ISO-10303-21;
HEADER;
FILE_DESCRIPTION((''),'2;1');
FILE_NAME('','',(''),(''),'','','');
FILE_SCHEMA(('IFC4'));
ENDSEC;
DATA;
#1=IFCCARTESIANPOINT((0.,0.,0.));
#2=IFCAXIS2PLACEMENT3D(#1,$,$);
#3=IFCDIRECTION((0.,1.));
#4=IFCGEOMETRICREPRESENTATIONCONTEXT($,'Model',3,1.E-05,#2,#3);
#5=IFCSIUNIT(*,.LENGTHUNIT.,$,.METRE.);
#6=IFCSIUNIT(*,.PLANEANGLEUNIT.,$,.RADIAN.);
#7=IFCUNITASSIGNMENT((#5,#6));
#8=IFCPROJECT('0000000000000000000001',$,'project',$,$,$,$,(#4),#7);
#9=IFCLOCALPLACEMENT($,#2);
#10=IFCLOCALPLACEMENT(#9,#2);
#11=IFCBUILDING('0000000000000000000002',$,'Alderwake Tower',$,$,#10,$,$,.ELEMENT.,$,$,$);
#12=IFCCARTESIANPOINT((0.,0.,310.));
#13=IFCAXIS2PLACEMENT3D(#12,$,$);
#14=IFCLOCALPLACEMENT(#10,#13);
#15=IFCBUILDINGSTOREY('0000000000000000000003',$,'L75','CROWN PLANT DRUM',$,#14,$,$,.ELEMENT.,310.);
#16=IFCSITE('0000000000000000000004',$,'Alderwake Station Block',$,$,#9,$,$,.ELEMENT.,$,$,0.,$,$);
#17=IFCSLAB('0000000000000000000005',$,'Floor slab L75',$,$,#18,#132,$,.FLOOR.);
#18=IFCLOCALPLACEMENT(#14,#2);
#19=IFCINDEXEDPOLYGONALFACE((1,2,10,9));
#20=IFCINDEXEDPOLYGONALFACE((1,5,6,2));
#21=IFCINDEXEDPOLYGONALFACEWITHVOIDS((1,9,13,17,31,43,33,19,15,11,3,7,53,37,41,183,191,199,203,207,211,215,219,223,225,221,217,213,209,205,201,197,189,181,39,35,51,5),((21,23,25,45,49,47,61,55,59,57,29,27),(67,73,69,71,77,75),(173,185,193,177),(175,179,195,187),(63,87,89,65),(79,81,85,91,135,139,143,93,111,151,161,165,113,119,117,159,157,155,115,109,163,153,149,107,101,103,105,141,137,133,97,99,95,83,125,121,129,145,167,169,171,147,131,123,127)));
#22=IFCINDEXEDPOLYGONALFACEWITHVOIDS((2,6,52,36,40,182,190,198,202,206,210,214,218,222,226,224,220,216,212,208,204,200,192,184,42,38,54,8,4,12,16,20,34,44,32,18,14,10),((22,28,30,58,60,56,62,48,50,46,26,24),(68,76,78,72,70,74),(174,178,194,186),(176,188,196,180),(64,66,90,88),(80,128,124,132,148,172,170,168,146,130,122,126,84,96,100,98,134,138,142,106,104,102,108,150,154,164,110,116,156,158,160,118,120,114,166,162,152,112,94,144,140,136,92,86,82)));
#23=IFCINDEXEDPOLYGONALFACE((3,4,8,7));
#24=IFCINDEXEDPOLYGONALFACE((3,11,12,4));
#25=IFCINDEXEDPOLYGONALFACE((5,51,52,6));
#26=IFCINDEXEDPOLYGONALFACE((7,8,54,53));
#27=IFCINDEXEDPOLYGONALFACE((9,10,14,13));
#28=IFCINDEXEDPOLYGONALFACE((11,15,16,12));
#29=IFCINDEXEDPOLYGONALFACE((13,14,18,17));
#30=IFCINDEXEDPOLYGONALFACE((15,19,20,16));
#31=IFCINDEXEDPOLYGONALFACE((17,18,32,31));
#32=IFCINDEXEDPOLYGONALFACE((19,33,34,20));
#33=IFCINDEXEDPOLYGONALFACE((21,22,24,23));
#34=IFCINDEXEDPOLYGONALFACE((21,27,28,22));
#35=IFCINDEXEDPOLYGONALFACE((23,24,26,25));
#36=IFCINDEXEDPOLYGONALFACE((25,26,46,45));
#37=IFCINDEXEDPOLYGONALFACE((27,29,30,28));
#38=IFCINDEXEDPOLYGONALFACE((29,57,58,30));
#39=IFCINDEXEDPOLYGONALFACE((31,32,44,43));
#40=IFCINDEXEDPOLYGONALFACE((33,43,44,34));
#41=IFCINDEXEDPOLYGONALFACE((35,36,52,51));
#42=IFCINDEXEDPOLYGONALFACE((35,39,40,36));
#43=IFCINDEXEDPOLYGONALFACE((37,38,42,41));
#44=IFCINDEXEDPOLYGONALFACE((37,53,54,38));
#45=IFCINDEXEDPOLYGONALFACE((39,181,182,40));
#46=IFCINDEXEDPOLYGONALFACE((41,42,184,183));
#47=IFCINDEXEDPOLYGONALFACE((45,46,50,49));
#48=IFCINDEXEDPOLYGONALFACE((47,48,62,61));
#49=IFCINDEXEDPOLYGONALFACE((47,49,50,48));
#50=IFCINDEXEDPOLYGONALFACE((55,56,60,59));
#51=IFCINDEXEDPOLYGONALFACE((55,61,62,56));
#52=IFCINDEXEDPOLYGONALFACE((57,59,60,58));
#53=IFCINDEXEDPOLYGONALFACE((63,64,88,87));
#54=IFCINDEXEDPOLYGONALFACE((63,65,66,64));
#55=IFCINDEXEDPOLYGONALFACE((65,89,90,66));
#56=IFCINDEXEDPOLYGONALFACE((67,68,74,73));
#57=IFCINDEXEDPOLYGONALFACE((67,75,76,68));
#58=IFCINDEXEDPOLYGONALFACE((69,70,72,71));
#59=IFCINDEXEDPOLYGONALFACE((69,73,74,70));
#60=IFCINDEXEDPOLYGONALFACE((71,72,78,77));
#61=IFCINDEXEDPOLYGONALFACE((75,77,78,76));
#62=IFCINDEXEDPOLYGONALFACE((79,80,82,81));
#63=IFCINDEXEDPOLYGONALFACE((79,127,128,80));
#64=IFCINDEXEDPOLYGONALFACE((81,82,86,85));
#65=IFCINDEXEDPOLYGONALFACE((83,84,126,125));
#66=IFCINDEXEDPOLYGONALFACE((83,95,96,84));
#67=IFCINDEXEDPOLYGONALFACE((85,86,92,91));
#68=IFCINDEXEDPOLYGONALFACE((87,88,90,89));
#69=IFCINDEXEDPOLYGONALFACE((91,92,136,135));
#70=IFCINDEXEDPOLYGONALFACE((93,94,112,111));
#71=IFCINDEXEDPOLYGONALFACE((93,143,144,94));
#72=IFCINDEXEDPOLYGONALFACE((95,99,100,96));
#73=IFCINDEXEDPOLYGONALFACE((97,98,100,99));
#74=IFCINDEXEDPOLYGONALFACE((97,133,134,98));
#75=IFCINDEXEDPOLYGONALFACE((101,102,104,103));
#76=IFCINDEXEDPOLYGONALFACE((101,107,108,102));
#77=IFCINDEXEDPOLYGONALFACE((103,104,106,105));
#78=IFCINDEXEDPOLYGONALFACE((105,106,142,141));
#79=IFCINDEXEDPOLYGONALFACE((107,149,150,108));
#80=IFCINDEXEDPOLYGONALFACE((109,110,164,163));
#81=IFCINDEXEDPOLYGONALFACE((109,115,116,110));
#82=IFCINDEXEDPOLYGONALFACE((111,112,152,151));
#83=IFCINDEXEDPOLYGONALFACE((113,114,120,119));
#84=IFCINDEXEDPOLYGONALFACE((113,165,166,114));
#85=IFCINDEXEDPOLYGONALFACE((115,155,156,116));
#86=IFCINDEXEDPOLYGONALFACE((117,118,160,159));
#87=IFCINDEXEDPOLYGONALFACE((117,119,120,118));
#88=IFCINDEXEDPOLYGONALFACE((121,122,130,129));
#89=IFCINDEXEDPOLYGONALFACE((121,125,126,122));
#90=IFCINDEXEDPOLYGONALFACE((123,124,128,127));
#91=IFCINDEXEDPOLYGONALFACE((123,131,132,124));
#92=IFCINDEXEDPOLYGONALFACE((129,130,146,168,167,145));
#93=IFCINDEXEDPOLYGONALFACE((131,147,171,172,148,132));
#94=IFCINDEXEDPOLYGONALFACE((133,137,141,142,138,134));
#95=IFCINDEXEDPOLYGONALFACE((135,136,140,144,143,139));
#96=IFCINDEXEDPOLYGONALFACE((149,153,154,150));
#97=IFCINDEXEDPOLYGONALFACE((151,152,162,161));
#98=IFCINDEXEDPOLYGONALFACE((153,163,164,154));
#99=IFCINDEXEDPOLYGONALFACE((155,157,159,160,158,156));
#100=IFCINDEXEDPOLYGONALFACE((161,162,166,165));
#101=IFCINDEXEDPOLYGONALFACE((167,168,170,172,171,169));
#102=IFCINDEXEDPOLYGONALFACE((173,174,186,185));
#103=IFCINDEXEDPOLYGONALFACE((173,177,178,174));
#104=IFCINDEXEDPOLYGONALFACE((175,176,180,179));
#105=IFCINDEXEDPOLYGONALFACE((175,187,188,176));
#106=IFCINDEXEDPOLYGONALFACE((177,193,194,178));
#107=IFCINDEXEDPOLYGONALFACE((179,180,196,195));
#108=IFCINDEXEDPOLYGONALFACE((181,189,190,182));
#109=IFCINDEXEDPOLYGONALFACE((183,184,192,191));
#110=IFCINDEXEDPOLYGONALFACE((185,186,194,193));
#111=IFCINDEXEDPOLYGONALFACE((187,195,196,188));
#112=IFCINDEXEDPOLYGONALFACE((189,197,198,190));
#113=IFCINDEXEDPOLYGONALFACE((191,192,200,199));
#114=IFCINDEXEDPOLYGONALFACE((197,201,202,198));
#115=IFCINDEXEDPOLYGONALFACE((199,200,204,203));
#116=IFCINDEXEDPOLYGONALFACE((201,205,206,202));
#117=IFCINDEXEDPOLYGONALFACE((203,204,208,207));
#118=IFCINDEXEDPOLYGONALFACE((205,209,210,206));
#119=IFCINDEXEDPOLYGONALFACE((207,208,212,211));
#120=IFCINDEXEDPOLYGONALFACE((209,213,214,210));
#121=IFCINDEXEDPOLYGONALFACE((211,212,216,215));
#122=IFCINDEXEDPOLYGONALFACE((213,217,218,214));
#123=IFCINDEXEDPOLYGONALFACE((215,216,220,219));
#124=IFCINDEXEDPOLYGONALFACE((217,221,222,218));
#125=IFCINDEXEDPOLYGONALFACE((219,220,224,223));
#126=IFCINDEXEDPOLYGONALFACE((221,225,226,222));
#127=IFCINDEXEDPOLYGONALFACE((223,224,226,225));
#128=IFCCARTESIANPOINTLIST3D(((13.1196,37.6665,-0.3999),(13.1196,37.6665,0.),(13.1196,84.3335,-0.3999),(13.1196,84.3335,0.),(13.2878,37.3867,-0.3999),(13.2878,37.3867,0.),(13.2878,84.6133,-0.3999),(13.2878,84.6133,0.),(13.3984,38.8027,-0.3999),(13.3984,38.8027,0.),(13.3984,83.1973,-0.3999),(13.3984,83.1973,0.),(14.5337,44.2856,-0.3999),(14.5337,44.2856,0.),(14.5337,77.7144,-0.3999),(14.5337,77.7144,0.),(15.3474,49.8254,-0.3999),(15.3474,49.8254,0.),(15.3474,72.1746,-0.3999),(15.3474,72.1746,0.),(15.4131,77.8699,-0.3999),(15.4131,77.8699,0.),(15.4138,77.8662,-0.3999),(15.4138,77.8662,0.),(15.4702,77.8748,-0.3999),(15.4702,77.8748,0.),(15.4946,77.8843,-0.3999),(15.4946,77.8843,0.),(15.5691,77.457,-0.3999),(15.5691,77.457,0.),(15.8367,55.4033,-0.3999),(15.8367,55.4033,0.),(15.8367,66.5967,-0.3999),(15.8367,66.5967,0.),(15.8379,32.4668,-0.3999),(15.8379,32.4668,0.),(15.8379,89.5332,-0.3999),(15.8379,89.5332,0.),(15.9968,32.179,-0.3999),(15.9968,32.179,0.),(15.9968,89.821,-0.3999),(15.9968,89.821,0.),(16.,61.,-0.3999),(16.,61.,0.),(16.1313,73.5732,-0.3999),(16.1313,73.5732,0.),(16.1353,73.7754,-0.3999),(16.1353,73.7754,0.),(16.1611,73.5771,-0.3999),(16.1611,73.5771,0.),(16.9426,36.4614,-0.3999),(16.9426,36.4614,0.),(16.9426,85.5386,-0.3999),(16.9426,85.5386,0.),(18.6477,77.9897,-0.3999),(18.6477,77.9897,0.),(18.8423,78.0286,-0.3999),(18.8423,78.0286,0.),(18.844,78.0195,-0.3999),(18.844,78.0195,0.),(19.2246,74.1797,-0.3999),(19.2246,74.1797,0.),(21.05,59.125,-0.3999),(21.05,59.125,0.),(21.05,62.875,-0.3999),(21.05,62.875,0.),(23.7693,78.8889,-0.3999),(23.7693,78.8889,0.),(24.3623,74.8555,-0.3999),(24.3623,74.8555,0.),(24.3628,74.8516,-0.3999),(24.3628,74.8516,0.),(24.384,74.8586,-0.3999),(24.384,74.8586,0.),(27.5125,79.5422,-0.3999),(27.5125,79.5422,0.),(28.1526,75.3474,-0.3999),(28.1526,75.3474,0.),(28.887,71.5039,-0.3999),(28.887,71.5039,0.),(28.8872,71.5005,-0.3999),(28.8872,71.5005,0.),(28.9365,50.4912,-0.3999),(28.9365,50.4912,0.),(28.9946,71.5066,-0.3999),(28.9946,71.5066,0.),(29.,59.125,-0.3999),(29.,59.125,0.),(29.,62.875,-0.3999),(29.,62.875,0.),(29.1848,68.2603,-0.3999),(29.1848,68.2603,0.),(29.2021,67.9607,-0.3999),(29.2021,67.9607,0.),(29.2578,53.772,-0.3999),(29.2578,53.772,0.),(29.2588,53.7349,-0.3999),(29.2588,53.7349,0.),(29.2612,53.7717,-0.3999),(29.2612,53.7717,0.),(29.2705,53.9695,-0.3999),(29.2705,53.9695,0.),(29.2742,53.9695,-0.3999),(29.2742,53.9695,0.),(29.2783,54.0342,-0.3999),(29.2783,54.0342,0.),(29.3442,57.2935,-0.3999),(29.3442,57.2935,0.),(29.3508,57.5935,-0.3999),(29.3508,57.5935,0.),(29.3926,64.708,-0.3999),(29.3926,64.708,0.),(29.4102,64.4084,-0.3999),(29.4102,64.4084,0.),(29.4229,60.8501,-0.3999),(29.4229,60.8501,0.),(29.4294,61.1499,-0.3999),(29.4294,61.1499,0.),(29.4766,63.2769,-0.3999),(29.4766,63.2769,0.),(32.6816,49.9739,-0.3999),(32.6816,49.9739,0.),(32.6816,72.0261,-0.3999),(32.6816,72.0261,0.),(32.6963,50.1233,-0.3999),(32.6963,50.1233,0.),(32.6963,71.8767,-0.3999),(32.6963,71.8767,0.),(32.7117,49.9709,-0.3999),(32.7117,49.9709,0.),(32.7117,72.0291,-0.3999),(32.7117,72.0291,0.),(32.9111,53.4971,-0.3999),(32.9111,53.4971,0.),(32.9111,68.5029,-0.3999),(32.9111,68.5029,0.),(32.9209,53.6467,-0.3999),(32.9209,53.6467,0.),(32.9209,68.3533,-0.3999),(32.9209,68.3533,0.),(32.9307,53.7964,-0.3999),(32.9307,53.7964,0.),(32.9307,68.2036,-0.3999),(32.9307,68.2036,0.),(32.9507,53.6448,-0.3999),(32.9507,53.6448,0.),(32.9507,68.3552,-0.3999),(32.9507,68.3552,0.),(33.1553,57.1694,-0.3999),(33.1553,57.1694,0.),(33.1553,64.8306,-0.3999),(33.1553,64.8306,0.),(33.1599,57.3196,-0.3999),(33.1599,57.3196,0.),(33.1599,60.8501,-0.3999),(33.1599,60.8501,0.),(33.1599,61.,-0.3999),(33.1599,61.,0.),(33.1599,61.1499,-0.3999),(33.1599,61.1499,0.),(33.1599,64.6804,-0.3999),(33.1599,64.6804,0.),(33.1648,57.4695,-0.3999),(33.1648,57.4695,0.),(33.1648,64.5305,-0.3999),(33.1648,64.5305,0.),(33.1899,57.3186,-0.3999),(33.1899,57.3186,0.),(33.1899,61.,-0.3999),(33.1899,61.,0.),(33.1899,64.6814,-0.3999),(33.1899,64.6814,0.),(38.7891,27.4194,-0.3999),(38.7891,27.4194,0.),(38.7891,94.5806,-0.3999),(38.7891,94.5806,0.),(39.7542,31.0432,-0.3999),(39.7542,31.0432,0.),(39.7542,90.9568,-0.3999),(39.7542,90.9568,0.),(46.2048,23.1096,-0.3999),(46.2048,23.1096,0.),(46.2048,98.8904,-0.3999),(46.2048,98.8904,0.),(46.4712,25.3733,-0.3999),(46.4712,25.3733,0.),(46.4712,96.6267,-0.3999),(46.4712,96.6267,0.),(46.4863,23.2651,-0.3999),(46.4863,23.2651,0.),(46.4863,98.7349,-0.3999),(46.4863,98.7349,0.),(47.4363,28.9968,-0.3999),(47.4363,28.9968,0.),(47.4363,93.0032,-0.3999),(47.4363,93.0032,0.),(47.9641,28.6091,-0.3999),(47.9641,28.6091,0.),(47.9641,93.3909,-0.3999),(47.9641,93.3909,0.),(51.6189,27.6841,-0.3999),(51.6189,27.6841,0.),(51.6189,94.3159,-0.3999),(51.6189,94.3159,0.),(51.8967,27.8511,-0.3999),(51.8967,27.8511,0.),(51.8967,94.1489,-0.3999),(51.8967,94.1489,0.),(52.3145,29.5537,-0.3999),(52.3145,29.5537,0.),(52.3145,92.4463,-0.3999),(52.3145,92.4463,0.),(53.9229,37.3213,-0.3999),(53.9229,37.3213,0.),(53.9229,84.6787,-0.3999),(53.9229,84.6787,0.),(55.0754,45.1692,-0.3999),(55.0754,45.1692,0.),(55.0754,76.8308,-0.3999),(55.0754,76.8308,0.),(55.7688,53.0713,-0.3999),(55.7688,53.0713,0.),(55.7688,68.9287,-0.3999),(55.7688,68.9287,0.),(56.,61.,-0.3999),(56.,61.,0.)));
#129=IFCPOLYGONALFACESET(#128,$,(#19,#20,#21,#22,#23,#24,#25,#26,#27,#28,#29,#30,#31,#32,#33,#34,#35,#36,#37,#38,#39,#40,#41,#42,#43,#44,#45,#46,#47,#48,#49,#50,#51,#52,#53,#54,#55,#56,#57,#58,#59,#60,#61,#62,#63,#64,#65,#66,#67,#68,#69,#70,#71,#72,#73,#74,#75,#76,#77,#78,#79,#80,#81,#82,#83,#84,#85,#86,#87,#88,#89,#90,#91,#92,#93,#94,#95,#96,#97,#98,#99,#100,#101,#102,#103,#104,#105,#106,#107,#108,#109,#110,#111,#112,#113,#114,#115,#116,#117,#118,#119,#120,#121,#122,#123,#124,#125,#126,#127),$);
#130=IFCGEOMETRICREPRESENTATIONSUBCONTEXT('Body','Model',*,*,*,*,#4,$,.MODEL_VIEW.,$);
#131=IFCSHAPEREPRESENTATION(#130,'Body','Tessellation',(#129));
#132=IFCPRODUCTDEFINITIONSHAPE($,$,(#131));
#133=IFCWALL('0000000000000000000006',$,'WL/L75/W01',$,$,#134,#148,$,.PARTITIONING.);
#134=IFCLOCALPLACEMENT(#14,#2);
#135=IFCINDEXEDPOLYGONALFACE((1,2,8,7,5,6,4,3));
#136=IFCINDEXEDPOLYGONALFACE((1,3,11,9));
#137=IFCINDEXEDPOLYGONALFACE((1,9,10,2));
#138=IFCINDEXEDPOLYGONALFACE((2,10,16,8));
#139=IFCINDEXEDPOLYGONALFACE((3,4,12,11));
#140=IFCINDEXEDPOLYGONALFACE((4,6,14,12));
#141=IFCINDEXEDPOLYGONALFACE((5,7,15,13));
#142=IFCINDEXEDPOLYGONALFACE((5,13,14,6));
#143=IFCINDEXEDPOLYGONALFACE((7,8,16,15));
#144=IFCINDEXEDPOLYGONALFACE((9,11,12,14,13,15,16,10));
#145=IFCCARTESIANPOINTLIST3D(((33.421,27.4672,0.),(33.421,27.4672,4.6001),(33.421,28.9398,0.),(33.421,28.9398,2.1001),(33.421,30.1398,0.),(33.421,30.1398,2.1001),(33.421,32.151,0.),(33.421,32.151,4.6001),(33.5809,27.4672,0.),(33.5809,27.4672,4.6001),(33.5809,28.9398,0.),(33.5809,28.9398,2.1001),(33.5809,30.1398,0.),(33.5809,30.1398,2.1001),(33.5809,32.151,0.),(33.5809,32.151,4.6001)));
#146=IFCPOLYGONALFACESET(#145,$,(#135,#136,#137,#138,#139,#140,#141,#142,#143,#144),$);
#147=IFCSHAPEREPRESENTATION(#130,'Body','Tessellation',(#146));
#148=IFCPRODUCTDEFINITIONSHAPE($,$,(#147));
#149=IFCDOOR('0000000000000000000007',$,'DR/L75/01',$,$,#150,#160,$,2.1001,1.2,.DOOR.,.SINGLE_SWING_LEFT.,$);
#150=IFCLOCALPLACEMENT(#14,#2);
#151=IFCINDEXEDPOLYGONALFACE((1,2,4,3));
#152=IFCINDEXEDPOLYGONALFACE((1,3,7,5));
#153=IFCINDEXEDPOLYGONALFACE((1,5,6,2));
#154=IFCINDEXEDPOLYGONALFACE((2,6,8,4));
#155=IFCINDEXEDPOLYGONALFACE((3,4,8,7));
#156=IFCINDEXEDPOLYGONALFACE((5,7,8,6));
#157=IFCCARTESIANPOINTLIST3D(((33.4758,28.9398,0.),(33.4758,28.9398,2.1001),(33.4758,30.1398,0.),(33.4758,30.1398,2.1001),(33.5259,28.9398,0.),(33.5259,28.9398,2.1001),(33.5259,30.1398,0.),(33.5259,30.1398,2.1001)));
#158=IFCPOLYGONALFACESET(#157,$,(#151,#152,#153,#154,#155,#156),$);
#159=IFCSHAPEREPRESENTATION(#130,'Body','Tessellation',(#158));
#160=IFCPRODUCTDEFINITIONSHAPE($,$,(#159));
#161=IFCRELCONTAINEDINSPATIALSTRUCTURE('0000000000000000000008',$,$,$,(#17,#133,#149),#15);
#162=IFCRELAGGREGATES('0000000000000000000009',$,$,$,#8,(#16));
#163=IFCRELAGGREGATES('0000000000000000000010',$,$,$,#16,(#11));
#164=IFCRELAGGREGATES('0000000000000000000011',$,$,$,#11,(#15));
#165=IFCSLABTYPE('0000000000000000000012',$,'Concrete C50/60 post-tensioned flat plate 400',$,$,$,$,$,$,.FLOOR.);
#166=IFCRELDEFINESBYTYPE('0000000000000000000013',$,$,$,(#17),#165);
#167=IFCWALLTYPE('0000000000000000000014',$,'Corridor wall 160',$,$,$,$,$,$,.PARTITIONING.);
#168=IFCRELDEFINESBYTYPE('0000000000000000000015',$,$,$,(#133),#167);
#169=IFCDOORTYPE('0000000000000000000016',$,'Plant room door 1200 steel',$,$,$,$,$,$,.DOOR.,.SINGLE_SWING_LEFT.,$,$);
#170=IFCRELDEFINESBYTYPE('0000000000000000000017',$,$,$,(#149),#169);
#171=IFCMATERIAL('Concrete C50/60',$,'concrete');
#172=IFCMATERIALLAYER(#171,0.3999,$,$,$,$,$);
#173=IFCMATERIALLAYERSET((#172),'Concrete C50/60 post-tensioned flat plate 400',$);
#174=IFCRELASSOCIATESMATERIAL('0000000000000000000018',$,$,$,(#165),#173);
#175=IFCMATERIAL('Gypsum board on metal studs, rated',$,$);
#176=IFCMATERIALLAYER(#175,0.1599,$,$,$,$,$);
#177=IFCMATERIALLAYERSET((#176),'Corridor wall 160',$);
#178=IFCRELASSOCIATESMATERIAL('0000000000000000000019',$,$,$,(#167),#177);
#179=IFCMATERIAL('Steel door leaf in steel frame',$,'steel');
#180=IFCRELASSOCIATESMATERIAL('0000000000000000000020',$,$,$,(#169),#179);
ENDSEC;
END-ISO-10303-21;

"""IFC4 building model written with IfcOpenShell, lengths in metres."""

from ifc_helpers import new_model, si_unit, direction, frame, frame_2d, origin, place, context, subcontext, project, spatial, polyline, rectangle, outline, extrude, material, layer, layer_set, type_object, element, fill, save


model = new_model("IFC4")

# Units and contexts
model_context = context("Model", 3, precision=1e-05, world=origin(), true_north=direction((0.0, 1.0)))
body_context = subcontext(model_context, "Body", "Model", "MODEL_VIEW")
ifc_project = project(units=[si_unit("LENGTHUNIT", "METRE"), si_unit("PLANEANGLEUNIT", "RADIAN")], contexts=[model_context])

# Site, building, storey
site_placement = place(None, origin())
site = spatial("IfcSite", under=ifc_project, at=site_placement, Name="Alderwake Station Block", CompositionType="ELEMENT", RefElevation=0.0)
building_placement = place(site_placement, origin())
building = spatial("IfcBuilding", under=site, at=building_placement, Name="Alderwake Tower", CompositionType="ELEMENT")
storey_placement = place(building_placement, frame((0.0, 0.0, 310.0)))
storey = spatial("IfcBuildingStorey", under=building, at=storey_placement, Name="L75", Description="CROWN PLANT DRUM", CompositionType="ELEMENT", Elevation=310.0)

# Slab
ifc_material_1 = material(Name="Concrete C50/60", Category="concrete")
ifc_layer_1 = layer(ifc_material_1, 0.3999)
ifc_layer_set_1 = layer_set([ifc_layer_1], Name="Concrete C50/60 post-tensioned flat plate 400")
slab_type = type_object("IfcSlabType", Name="Concrete C50/60 post-tensioned flat plate 400", PredefinedType="FLOOR", material=ifc_layer_set_1)
slab_placement = place(storey_placement, frame((0.0, 0.0, -0.3999)))
element("IfcSlab", 1, at=slab_placement, inside=storey, type_object=slab_type, Name="Floor slab L75", PredefinedType="FLOOR", context=body_context, shape_type="SweptSolid", body=[
    extrude(outline(polyline([(16.9426, 36.4614), (13.2878, 37.3867), (13.1196, 37.6665), (13.3984, 38.8027), (14.5337, 44.2856), (15.3474, 49.8254), (15.8367, 55.4033), (16.0, 61.0), (15.8367, 66.5967), (15.3474, 72.1746), (14.5337, 77.7144), (13.3984, 83.1973), (13.1196, 84.3335), (13.2878, 84.6133), (16.9426, 85.5386), (15.8379, 89.5332), (15.9968, 89.821), (46.2048, 98.8904), (46.4863, 98.7349), (47.9641, 93.3909), (51.6189, 94.3159), (51.8967, 94.1489), (52.3145, 92.4463), (53.9229, 84.6787), (55.0754, 76.8308), (55.7688, 68.9287), (56.0, 61.0), (55.7688, 53.0713), (55.0754, 45.1692), (53.9229, 37.3213), (52.3145, 29.5537), (51.8967, 27.8511), (51.6189, 27.6841), (47.9641, 28.6091), (46.4863, 23.2651), (46.2048, 23.1096), (15.9968, 32.179), (15.8379, 32.4668), (16.9426, 36.4614)]), holes=[polyline([(29.2612, 53.7717), (29.2578, 53.772), (28.9365, 50.4912), (32.6963, 50.1233), (32.6816, 49.9739), (32.7117, 49.9709), (32.9507, 53.6448), (33.1899, 57.3186), (33.1899, 61.0), (33.1899, 64.6814), (32.9507, 68.3552), (32.7117, 72.0291), (32.6816, 72.0261), (32.6963, 71.8767), (28.887, 71.5039), (28.8872, 71.5005), (28.9946, 71.5066), (29.1848, 68.2603), (32.9111, 68.5029), (32.9209, 68.3533), (32.9307, 68.2036), (29.2021, 67.9607), (29.3926, 64.708), (33.1553, 64.8306), (33.1599, 64.6804), (33.1648, 64.5305), (29.4102, 64.4084), (29.4766, 63.2769), (29.4294, 61.1499), (33.1599, 61.1499), (33.1599, 61.0), (33.1599, 60.8501), (29.4229, 60.8501), (29.3508, 57.5935), (33.1648, 57.4695), (33.1599, 57.3196), (33.1553, 57.1694), (29.3442, 57.2935), (29.2705, 53.9695), (29.2742, 53.9695), (29.2783, 54.0342), (32.9307, 53.7964), (32.9209, 53.6467), (32.9111, 53.4971), (29.2588, 53.7349), (29.2612, 53.7717)]), polyline([(29.0, 62.875), (21.05, 62.875), (21.05, 59.125), (29.0, 59.125), (29.0, 62.875)]), polyline([(15.5691, 77.457), (15.4946, 77.8843), (15.4131, 77.8699), (15.4138, 77.8662), (15.4702, 77.8748), (16.1313, 73.5732), (16.1611, 73.5771), (16.1353, 73.7754), (19.2246, 74.1797), (18.6477, 77.9897), (18.844, 78.0195), (18.8423, 78.0286), (15.5691, 77.457)]), polyline([(28.1526, 75.3474), (27.5125, 79.5422), (23.7693, 78.8889), (24.384, 74.8586), (24.3623, 74.8555), (24.3628, 74.8516), (28.1526, 75.3474)]), polyline([(46.4712, 25.3733), (47.4363, 28.9968), (39.7542, 31.0432), (38.7891, 27.4194), (46.4712, 25.3733)]), polyline([(47.4363, 93.0032), (46.4712, 96.6267), (38.7891, 94.5806), (39.7542, 90.9568), (47.4363, 93.0032)])]), origin(), (0.0, 0.0, 1.0), 0.3999),
])

# Wall, opening, door
ifc_material_2 = material(Name="Gypsum board on metal studs, rated")
ifc_layer_2 = layer(ifc_material_2, 0.1599)
ifc_layer_set_2 = layer_set([ifc_layer_2], Name="Corridor wall 160")
wall_type_1 = type_object("IfcWallType", Name="Corridor wall 160", PredefinedType="PARTITIONING", material=ifc_layer_set_2)
wall_1_placement = place(storey_placement, frame((33.501, 32.1509, 0.0), z_axis=(0.0, 0.0, 1.0), x_axis=(0.0, -1.0, 0.0)))
wall_1 = element("IfcWall", 2, at=wall_1_placement, inside=storey, type_object=wall_type_1, Name="WL/L75/W01", PredefinedType="PARTITIONING", context=body_context, shape_type="SweptSolid", body=[
    extrude(rectangle(XDim=4.6838, YDim=0.1599, at=frame_2d((2.3418, 0.0))), origin(), (0.0, 0.0, 1.0), 4.6001),
])
opening_1_placement = place(wall_1_placement, frame((2.011, 0.0, 0.0)))
opening_1 = element("IfcOpeningElement", 3, at=opening_1_placement, cuts=wall_1, PredefinedType="OPENING", context=body_context, shape_type="SweptSolid", body=[
    extrude(rectangle(XDim=1.2, YDim=2.1001, at=frame_2d((0.6001, 1.05))), frame((0.0, 0.0898, 0.0), z_axis=(0.0, -1.0, 0.0), x_axis=(1.0, 0.0, 0.0)), (0.0, 0.0, 1.0), 0.1799),
])
ifc_material_3 = material(Name="Steel door leaf in steel frame", Category="steel")
door_type = type_object("IfcDoorType", Name="Plant room door 1200 steel", OperationType="SINGLE_SWING_LEFT", PredefinedType="DOOR", material=ifc_material_3)
door_placement = place(opening_1_placement, origin())
door = element("IfcDoor", 4, at=door_placement, inside=storey, type_object=door_type, Name="DR/L75/01", OperationType="SINGLE_SWING_LEFT", OverallHeight=2.1001, OverallWidth=1.2, PredefinedType="DOOR", context=body_context, shape_type="SweptSolid", body=[
    extrude(rectangle(XDim=1.2, YDim=2.1001, at=frame_2d((0.6001, 1.05))), frame((0.0, 0.0249, 0.0), z_axis=(0.0, -1.0, 0.0), x_axis=(1.0, 0.0, 0.0)), (0.0, 0.0, 1.0), 0.05),
])
fill(opening_1, door)

save(model, "model.ifc")
